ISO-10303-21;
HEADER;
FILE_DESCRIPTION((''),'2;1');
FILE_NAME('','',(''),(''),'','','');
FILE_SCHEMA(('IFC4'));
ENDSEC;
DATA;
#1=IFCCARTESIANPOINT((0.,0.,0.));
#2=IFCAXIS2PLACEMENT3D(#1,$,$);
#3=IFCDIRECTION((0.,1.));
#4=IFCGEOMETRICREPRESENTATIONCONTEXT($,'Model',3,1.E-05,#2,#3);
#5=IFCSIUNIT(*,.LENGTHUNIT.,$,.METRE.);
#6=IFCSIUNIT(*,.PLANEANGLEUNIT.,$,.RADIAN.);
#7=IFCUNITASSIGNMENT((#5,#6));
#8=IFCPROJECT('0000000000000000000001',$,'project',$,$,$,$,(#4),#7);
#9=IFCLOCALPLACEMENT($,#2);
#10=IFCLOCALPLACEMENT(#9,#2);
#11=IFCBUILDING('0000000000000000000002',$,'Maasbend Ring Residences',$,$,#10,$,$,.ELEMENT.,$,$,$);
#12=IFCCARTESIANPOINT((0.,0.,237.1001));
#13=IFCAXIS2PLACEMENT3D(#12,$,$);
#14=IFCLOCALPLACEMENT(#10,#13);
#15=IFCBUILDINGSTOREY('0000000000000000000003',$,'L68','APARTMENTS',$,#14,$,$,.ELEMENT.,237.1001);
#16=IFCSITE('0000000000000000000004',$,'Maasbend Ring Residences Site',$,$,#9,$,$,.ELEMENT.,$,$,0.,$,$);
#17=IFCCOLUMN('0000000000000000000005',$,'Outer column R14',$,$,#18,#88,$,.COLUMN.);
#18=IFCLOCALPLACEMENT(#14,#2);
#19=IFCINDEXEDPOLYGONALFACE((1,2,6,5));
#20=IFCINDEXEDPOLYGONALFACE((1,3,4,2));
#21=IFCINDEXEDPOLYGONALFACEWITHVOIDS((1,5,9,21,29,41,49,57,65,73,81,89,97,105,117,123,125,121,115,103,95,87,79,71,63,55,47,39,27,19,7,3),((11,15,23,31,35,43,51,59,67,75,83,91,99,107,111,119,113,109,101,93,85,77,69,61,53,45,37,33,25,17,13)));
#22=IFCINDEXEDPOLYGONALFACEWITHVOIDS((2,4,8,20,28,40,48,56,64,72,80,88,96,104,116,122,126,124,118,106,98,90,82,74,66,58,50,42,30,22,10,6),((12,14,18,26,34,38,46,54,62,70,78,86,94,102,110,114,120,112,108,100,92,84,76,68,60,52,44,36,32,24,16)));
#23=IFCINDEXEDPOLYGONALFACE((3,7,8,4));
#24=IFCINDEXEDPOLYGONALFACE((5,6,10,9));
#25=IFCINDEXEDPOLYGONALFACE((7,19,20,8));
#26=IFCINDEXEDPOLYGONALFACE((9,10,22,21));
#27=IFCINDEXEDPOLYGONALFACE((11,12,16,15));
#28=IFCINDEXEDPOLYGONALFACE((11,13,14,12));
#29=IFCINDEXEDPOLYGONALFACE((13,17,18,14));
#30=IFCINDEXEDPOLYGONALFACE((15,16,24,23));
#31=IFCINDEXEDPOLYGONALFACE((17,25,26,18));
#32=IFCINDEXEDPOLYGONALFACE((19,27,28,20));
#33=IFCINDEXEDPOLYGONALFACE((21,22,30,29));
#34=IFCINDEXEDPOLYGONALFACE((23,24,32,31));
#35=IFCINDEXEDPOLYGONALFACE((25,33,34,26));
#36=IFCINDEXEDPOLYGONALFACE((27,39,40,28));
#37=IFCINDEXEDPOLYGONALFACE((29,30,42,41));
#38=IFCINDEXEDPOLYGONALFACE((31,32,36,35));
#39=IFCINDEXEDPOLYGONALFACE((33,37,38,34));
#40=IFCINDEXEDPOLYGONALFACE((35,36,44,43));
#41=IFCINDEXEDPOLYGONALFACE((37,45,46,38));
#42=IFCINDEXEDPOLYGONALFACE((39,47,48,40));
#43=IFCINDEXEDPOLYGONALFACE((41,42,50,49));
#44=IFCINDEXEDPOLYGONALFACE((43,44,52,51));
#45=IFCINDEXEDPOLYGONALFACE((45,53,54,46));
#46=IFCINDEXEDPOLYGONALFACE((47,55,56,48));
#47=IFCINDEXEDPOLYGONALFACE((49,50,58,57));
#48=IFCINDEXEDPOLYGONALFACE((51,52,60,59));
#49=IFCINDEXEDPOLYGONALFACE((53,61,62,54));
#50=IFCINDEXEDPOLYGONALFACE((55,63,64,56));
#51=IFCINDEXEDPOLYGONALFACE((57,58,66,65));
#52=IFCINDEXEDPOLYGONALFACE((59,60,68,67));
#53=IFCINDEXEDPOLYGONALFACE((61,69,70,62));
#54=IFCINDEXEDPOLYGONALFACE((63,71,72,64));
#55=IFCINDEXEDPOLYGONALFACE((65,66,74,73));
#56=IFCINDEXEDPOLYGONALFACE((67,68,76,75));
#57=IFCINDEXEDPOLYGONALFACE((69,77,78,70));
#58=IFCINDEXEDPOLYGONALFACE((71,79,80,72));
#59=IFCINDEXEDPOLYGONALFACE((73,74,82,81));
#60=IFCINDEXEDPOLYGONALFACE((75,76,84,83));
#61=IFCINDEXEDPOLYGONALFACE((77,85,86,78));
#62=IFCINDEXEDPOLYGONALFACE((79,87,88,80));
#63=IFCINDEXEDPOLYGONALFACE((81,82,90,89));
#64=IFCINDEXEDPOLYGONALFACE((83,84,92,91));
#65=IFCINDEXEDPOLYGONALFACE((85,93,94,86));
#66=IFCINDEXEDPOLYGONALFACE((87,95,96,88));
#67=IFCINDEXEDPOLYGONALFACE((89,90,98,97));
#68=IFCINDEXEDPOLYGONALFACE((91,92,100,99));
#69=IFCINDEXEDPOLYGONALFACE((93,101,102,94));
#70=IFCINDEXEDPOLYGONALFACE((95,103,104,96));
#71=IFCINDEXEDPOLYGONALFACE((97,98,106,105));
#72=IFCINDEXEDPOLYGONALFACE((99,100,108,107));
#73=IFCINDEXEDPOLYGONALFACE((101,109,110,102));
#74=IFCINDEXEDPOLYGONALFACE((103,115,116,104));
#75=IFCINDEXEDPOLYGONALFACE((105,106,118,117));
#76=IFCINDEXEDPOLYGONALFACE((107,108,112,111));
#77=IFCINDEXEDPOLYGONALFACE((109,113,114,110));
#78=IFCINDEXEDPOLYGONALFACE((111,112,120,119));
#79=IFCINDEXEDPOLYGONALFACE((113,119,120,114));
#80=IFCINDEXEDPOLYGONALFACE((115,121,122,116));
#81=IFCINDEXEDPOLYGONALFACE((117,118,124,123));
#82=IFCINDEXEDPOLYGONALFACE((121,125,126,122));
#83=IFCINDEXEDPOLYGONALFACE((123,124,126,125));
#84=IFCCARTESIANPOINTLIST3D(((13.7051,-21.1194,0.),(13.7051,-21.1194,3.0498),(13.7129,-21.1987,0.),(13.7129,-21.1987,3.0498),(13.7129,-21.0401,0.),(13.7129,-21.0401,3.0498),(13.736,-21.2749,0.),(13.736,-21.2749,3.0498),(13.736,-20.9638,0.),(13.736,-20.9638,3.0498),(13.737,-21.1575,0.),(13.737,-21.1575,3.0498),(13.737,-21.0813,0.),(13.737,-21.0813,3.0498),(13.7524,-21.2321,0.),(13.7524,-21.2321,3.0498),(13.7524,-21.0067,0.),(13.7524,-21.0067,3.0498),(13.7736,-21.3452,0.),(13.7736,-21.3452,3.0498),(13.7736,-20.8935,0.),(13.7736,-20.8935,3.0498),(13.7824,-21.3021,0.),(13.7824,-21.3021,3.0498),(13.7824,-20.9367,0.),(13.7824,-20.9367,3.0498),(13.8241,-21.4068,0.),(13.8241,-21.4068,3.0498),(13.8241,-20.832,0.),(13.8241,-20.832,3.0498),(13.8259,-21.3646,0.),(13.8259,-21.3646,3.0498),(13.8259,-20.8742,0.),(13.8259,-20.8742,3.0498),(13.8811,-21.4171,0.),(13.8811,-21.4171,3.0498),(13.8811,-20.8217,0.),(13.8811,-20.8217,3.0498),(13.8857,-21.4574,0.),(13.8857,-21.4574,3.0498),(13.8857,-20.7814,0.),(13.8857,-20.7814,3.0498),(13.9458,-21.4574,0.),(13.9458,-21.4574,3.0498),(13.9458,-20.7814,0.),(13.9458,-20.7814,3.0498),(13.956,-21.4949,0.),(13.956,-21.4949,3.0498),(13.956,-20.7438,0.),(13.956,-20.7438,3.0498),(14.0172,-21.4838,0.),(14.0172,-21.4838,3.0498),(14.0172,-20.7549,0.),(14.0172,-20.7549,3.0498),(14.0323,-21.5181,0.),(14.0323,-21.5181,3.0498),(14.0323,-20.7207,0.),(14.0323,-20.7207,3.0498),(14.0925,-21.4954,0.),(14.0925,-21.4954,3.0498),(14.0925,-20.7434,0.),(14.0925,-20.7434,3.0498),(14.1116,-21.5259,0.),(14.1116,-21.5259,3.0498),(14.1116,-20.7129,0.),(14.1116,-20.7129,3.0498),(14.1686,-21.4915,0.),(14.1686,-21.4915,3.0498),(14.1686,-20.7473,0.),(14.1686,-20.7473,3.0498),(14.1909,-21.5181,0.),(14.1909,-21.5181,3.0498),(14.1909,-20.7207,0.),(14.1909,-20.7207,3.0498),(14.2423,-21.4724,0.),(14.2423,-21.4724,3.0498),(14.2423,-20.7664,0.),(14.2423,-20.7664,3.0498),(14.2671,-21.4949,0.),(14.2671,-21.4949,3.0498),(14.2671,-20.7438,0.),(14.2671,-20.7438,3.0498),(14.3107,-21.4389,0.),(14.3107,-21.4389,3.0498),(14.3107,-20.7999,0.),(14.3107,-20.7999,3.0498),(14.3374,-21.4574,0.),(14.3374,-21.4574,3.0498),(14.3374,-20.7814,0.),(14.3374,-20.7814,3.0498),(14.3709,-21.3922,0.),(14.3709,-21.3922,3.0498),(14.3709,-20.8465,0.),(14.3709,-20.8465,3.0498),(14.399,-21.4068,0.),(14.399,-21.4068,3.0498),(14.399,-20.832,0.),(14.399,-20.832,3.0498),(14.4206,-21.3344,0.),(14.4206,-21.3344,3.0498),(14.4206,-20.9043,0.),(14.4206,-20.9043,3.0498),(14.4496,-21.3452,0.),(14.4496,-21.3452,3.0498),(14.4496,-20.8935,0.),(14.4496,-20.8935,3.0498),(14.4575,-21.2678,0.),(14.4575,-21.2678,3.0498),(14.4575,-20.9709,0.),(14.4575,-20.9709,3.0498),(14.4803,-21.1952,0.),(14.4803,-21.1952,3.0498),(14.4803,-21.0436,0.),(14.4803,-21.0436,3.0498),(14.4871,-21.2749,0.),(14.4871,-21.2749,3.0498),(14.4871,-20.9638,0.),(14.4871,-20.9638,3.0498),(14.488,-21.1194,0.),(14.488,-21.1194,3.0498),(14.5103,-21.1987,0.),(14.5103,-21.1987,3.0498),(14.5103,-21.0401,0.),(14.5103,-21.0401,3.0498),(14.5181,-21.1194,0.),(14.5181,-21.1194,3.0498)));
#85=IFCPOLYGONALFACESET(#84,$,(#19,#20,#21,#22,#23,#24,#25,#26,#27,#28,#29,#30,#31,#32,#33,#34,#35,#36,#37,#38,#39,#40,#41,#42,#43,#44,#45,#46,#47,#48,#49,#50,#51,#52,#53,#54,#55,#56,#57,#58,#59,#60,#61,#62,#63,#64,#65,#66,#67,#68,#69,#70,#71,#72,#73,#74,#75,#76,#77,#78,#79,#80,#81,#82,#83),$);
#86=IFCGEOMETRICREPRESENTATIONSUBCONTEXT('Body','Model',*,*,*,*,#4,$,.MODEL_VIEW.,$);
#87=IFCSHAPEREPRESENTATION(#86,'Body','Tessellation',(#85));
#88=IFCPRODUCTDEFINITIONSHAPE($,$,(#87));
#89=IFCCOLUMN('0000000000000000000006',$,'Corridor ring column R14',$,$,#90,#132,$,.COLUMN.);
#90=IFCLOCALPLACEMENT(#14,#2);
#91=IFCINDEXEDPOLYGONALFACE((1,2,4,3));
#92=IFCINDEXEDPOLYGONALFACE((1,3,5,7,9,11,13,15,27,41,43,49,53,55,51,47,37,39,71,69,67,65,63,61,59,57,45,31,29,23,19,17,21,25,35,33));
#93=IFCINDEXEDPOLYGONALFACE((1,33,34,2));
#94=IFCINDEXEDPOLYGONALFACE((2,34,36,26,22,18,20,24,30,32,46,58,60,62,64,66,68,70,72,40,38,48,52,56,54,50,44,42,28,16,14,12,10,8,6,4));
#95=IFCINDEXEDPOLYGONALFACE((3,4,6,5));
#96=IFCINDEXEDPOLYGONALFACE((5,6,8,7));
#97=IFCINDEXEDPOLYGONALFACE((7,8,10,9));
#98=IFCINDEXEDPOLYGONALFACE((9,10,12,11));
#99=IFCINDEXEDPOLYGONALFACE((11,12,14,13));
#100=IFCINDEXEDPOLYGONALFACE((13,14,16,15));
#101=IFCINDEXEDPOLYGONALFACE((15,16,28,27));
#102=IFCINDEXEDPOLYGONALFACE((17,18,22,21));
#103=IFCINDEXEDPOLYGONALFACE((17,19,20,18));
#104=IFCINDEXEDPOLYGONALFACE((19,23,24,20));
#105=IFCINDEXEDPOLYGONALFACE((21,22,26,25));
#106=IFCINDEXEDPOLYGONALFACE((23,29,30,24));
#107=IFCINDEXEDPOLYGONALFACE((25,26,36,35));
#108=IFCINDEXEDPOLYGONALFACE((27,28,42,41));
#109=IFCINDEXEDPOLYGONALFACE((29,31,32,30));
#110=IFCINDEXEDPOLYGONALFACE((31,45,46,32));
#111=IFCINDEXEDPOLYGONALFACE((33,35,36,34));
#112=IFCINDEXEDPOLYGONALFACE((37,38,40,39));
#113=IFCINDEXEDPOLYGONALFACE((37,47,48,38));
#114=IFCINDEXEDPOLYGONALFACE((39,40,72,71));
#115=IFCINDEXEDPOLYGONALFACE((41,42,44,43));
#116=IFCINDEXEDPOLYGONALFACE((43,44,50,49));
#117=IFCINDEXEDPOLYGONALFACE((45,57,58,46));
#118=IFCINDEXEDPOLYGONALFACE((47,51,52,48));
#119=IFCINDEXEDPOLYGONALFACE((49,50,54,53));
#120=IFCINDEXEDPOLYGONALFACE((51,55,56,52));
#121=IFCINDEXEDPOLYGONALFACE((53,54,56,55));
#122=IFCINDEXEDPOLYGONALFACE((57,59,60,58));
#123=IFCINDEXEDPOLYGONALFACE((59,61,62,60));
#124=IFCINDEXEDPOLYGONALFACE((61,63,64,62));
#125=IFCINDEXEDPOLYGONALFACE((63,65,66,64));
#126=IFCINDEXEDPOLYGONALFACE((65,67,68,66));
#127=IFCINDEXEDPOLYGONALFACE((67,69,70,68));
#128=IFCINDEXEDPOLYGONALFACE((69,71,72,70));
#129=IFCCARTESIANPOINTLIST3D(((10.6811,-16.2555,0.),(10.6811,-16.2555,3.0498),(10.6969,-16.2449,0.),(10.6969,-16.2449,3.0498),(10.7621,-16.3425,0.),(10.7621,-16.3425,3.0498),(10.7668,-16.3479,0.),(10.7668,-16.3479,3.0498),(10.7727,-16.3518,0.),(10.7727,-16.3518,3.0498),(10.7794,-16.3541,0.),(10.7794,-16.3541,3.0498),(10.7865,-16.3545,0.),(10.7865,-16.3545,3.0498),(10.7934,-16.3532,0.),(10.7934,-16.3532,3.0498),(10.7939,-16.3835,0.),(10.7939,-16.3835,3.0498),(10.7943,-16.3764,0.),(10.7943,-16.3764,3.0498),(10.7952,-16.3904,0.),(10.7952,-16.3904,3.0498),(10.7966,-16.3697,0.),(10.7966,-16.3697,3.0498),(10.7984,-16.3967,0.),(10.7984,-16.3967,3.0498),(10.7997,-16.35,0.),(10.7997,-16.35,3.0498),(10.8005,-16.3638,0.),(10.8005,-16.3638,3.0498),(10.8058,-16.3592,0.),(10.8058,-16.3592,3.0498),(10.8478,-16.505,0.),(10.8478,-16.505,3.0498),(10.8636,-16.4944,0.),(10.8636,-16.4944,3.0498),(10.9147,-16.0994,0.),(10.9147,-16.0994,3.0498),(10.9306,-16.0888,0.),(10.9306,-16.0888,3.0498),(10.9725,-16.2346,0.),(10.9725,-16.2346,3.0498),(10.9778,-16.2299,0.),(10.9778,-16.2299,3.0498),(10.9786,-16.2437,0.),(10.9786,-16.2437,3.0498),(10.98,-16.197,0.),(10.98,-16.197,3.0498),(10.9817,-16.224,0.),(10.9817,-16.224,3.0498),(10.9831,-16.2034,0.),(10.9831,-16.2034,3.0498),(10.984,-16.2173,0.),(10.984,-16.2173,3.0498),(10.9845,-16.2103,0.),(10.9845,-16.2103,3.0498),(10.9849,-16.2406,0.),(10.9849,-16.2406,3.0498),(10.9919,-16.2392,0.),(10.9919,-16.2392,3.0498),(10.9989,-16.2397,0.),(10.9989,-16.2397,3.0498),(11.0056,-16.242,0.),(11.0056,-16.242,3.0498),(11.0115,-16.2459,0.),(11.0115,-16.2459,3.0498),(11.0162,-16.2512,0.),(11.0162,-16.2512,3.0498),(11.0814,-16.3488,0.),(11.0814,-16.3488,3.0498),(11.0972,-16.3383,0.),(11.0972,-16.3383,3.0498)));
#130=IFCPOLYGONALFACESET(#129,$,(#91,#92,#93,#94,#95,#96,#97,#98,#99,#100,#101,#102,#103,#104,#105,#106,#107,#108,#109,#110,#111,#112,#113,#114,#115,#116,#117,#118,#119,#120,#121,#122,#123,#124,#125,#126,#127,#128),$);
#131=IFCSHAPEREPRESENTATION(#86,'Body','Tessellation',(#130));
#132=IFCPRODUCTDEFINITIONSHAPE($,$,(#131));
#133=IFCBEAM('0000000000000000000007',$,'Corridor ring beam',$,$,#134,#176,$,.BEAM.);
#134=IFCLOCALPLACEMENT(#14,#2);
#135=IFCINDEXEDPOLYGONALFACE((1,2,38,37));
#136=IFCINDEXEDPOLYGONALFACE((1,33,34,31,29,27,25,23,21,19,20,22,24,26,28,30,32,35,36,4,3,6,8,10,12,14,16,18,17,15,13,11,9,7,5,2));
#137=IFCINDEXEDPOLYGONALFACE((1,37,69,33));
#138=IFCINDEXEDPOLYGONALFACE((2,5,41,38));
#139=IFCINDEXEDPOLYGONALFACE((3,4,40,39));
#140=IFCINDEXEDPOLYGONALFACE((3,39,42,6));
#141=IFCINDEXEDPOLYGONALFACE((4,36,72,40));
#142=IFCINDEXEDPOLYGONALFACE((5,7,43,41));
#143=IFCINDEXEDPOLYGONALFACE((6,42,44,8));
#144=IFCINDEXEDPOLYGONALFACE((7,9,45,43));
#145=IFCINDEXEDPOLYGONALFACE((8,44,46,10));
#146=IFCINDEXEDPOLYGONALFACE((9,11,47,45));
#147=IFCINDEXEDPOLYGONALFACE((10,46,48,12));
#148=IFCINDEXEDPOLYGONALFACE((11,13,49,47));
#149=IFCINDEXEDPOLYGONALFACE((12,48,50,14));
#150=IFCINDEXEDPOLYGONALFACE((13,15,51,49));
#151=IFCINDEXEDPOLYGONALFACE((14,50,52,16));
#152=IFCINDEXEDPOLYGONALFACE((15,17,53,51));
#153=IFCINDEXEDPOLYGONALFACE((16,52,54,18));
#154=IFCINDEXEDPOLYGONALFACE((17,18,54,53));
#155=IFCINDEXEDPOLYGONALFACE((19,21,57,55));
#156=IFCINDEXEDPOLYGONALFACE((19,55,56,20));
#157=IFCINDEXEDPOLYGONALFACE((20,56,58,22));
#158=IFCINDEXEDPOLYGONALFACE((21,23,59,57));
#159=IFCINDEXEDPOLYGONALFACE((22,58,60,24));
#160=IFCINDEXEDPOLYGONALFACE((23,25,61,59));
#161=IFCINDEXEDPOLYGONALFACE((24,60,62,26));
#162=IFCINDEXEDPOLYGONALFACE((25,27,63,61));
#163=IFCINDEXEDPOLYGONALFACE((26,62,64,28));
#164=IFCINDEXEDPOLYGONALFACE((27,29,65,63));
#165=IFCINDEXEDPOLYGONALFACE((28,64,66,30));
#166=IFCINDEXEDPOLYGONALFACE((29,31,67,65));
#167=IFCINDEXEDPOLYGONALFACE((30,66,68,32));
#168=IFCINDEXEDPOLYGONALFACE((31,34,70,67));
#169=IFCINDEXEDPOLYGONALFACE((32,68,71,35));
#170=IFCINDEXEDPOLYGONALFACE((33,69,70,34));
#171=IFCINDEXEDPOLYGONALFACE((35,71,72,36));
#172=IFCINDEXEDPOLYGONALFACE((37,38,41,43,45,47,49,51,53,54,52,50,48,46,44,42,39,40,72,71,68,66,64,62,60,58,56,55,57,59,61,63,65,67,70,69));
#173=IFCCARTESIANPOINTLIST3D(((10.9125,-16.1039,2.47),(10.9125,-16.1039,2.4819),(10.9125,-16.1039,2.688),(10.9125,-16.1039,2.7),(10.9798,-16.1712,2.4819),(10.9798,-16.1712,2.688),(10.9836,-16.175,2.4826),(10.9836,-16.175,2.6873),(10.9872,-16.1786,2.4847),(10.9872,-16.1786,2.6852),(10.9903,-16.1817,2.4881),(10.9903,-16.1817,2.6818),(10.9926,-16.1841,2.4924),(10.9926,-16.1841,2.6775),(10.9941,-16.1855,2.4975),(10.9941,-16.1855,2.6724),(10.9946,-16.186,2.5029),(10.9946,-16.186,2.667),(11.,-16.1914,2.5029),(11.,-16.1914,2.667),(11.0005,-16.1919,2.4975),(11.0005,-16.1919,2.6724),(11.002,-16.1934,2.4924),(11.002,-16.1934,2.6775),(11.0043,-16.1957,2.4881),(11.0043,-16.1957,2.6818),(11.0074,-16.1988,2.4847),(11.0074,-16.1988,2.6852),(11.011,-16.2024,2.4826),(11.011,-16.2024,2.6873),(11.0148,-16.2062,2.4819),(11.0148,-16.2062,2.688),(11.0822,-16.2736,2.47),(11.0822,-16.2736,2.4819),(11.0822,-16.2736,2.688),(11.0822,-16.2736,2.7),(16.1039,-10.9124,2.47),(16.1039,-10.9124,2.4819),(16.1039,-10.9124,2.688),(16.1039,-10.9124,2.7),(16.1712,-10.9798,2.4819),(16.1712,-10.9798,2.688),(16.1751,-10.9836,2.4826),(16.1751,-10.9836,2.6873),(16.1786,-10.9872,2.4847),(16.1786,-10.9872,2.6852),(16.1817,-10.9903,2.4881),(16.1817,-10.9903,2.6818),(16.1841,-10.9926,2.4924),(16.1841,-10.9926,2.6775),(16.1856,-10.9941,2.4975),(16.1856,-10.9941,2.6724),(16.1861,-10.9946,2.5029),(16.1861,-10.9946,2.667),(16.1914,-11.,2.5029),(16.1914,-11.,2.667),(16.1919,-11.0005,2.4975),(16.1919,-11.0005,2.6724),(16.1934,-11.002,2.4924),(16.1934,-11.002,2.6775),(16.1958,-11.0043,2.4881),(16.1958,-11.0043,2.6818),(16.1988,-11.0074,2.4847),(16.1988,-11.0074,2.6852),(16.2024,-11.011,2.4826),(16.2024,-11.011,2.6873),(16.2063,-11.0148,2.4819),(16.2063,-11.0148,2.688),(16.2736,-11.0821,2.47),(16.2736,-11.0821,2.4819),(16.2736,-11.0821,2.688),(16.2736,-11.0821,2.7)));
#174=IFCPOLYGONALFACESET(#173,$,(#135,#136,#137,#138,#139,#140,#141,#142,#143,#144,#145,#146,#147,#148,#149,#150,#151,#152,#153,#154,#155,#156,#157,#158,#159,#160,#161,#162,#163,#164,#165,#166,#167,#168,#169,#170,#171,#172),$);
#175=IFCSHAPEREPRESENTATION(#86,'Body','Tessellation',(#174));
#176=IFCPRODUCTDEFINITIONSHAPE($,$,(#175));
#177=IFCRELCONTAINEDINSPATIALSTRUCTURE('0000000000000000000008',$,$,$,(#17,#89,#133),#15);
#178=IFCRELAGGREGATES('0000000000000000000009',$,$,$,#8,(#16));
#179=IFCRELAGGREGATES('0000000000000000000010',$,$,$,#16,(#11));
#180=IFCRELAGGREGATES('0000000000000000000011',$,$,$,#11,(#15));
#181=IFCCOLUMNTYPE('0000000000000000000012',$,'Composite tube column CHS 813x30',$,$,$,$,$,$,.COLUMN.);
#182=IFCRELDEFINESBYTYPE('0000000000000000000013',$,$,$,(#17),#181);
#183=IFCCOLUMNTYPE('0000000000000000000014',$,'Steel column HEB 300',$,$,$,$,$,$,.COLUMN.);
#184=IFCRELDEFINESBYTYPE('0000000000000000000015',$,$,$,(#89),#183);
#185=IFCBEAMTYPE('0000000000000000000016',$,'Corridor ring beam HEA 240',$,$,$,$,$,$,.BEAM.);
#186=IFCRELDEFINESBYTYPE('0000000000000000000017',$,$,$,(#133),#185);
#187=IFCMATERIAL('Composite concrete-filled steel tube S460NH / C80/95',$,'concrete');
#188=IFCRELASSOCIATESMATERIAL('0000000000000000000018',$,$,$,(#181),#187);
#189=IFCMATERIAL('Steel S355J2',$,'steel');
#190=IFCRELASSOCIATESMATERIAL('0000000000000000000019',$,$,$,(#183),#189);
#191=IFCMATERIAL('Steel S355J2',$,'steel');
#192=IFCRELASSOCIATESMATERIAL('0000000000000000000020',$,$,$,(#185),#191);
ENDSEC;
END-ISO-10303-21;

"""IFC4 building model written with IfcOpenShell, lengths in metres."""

from ifc_helpers import new_model, si_unit, direction, frame, origin, origin_2d, place, context, subcontext, project, spatial, hollow_circle, i_section, extrude, material, material_profile, profile_set, type_object, element, save


model = new_model("IFC4")

# Units and contexts
model_context = context("Model", 3, precision=1e-05, world=origin(), true_north=direction((0.0, 1.0)))
body_context = subcontext(model_context, "Body", "Model", "MODEL_VIEW")
ifc_project = project(units=[si_unit("LENGTHUNIT", "METRE"), si_unit("PLANEANGLEUNIT", "RADIAN")], contexts=[model_context])

# Site, building, storey
site_placement = place(None, origin())
site = spatial("IfcSite", under=ifc_project, at=site_placement, Name="Maasbend Ring Residences Site", CompositionType="ELEMENT", RefElevation=0.0)
building_placement = place(site_placement, origin())
building = spatial("IfcBuilding", under=site, at=building_placement, Name="Maasbend Ring Residences", CompositionType="ELEMENT")
storey_placement = place(building_placement, frame((0.0, 0.0, 237.1001)))
storey = spatial("IfcBuildingStorey", under=building, at=storey_placement, Name="L68", Description="APARTMENTS", CompositionType="ELEMENT", Elevation=237.1001)

# Columns
ifc_material_1 = material(Name="Composite concrete-filled steel tube S460NH / C80/95", Category="concrete")
ifc_material_profile_1 = material_profile(ifc_material_1, hollow_circle(Radius=0.4065, WallThickness=0.03, at=origin_2d()), Name="Composite tube column CHS 813x30")
ifc_profile_set_1 = profile_set([ifc_material_profile_1], Name="Composite concrete-filled steel tube S460NH / C80/95")
column_type_1 = type_object("IfcColumnType", Name="Composite tube column CHS 813x30", PredefinedType="COLUMN", material=ifc_profile_set_1)
column_1_placement = place(storey_placement, frame((14.1116, -21.1194, 0.0), z_axis=(0.0, 0.0, 1.0), x_axis=(1.0, 0.0, 0.0)))
element("IfcColumn", 1, at=column_1_placement, inside=storey, type_object=column_type_1, Name="Outer column R14", PredefinedType="COLUMN", context=body_context, shape_type="SweptSolid", body=[
    extrude(hollow_circle(Radius=0.4065, WallThickness=0.03, at=origin_2d()), origin(), (0.0, 0.0, 1.0), 3.0498),
])
ifc_material_2 = material(Name="Steel S355J2", Category="steel")
ifc_material_profile_2 = material_profile(ifc_material_2, i_section(OverallWidth=0.3, OverallDepth=0.3, WebThickness=0.011, FlangeThickness=0.019, FilletRadius=0.0271, at=origin_2d()), Name="HEB 300")
ifc_profile_set_2 = profile_set([ifc_material_profile_2], Name="Steel S355J2")
column_type_2 = type_object("IfcColumnType", Name="Steel column HEB 300", PredefinedType="COLUMN", material=ifc_profile_set_2)
column_2_placement = place(storey_placement, frame((10.8892, -16.2969, 0.0), z_axis=(0.0, 0.0, 1.0), x_axis=(0.55557, -0.83147, 0.0)))
element("IfcColumn", 2, at=column_2_placement, inside=storey, type_object=column_type_2, Name="Corridor ring column R14", PredefinedType="COLUMN", context=body_context, shape_type="SweptSolid", body=[
    extrude(i_section(OverallWidth=0.3, OverallDepth=0.3, WebThickness=0.011, FlangeThickness=0.019, FilletRadius=0.0271, at=origin_2d()), origin(), (0.0, 0.0, 1.0), 3.0498),
])

# Beam
ifc_material_3 = material(Name="Steel S355J2", Category="steel")
ifc_material_profile_3 = material_profile(ifc_material_3, i_section(OverallWidth=0.24, OverallDepth=0.23, WebThickness=0.0076, FlangeThickness=0.012, FilletRadius=0.021, at=origin_2d()), Name="HEA 240")
ifc_profile_set_3 = profile_set([ifc_material_profile_3], Name="Steel S355J2")
beam_type = type_object("IfcBeamType", Name="Corridor ring beam HEA 240", PredefinedType="BEAM", material=ifc_profile_set_3)
beam_placement = place(storey_placement, frame((10.9973, -16.1887, 2.585), z_axis=(0.707107, 0.707107, 0.0), x_axis=(-0.707107, 0.707107, 0.0)))
element("IfcBeam", 3, at=beam_placement, inside=storey, type_object=beam_type, Name="Corridor ring beam", PredefinedType="BEAM", context=body_context, shape_type="SweptSolid", body=[
    extrude(i_section(OverallWidth=0.24, OverallDepth=0.23, WebThickness=0.0076, FlangeThickness=0.012, FilletRadius=0.021, at=origin_2d()), origin(), (0.0, 0.0, 1.0), 7.3418),
])

save(model, "model.ifc")
